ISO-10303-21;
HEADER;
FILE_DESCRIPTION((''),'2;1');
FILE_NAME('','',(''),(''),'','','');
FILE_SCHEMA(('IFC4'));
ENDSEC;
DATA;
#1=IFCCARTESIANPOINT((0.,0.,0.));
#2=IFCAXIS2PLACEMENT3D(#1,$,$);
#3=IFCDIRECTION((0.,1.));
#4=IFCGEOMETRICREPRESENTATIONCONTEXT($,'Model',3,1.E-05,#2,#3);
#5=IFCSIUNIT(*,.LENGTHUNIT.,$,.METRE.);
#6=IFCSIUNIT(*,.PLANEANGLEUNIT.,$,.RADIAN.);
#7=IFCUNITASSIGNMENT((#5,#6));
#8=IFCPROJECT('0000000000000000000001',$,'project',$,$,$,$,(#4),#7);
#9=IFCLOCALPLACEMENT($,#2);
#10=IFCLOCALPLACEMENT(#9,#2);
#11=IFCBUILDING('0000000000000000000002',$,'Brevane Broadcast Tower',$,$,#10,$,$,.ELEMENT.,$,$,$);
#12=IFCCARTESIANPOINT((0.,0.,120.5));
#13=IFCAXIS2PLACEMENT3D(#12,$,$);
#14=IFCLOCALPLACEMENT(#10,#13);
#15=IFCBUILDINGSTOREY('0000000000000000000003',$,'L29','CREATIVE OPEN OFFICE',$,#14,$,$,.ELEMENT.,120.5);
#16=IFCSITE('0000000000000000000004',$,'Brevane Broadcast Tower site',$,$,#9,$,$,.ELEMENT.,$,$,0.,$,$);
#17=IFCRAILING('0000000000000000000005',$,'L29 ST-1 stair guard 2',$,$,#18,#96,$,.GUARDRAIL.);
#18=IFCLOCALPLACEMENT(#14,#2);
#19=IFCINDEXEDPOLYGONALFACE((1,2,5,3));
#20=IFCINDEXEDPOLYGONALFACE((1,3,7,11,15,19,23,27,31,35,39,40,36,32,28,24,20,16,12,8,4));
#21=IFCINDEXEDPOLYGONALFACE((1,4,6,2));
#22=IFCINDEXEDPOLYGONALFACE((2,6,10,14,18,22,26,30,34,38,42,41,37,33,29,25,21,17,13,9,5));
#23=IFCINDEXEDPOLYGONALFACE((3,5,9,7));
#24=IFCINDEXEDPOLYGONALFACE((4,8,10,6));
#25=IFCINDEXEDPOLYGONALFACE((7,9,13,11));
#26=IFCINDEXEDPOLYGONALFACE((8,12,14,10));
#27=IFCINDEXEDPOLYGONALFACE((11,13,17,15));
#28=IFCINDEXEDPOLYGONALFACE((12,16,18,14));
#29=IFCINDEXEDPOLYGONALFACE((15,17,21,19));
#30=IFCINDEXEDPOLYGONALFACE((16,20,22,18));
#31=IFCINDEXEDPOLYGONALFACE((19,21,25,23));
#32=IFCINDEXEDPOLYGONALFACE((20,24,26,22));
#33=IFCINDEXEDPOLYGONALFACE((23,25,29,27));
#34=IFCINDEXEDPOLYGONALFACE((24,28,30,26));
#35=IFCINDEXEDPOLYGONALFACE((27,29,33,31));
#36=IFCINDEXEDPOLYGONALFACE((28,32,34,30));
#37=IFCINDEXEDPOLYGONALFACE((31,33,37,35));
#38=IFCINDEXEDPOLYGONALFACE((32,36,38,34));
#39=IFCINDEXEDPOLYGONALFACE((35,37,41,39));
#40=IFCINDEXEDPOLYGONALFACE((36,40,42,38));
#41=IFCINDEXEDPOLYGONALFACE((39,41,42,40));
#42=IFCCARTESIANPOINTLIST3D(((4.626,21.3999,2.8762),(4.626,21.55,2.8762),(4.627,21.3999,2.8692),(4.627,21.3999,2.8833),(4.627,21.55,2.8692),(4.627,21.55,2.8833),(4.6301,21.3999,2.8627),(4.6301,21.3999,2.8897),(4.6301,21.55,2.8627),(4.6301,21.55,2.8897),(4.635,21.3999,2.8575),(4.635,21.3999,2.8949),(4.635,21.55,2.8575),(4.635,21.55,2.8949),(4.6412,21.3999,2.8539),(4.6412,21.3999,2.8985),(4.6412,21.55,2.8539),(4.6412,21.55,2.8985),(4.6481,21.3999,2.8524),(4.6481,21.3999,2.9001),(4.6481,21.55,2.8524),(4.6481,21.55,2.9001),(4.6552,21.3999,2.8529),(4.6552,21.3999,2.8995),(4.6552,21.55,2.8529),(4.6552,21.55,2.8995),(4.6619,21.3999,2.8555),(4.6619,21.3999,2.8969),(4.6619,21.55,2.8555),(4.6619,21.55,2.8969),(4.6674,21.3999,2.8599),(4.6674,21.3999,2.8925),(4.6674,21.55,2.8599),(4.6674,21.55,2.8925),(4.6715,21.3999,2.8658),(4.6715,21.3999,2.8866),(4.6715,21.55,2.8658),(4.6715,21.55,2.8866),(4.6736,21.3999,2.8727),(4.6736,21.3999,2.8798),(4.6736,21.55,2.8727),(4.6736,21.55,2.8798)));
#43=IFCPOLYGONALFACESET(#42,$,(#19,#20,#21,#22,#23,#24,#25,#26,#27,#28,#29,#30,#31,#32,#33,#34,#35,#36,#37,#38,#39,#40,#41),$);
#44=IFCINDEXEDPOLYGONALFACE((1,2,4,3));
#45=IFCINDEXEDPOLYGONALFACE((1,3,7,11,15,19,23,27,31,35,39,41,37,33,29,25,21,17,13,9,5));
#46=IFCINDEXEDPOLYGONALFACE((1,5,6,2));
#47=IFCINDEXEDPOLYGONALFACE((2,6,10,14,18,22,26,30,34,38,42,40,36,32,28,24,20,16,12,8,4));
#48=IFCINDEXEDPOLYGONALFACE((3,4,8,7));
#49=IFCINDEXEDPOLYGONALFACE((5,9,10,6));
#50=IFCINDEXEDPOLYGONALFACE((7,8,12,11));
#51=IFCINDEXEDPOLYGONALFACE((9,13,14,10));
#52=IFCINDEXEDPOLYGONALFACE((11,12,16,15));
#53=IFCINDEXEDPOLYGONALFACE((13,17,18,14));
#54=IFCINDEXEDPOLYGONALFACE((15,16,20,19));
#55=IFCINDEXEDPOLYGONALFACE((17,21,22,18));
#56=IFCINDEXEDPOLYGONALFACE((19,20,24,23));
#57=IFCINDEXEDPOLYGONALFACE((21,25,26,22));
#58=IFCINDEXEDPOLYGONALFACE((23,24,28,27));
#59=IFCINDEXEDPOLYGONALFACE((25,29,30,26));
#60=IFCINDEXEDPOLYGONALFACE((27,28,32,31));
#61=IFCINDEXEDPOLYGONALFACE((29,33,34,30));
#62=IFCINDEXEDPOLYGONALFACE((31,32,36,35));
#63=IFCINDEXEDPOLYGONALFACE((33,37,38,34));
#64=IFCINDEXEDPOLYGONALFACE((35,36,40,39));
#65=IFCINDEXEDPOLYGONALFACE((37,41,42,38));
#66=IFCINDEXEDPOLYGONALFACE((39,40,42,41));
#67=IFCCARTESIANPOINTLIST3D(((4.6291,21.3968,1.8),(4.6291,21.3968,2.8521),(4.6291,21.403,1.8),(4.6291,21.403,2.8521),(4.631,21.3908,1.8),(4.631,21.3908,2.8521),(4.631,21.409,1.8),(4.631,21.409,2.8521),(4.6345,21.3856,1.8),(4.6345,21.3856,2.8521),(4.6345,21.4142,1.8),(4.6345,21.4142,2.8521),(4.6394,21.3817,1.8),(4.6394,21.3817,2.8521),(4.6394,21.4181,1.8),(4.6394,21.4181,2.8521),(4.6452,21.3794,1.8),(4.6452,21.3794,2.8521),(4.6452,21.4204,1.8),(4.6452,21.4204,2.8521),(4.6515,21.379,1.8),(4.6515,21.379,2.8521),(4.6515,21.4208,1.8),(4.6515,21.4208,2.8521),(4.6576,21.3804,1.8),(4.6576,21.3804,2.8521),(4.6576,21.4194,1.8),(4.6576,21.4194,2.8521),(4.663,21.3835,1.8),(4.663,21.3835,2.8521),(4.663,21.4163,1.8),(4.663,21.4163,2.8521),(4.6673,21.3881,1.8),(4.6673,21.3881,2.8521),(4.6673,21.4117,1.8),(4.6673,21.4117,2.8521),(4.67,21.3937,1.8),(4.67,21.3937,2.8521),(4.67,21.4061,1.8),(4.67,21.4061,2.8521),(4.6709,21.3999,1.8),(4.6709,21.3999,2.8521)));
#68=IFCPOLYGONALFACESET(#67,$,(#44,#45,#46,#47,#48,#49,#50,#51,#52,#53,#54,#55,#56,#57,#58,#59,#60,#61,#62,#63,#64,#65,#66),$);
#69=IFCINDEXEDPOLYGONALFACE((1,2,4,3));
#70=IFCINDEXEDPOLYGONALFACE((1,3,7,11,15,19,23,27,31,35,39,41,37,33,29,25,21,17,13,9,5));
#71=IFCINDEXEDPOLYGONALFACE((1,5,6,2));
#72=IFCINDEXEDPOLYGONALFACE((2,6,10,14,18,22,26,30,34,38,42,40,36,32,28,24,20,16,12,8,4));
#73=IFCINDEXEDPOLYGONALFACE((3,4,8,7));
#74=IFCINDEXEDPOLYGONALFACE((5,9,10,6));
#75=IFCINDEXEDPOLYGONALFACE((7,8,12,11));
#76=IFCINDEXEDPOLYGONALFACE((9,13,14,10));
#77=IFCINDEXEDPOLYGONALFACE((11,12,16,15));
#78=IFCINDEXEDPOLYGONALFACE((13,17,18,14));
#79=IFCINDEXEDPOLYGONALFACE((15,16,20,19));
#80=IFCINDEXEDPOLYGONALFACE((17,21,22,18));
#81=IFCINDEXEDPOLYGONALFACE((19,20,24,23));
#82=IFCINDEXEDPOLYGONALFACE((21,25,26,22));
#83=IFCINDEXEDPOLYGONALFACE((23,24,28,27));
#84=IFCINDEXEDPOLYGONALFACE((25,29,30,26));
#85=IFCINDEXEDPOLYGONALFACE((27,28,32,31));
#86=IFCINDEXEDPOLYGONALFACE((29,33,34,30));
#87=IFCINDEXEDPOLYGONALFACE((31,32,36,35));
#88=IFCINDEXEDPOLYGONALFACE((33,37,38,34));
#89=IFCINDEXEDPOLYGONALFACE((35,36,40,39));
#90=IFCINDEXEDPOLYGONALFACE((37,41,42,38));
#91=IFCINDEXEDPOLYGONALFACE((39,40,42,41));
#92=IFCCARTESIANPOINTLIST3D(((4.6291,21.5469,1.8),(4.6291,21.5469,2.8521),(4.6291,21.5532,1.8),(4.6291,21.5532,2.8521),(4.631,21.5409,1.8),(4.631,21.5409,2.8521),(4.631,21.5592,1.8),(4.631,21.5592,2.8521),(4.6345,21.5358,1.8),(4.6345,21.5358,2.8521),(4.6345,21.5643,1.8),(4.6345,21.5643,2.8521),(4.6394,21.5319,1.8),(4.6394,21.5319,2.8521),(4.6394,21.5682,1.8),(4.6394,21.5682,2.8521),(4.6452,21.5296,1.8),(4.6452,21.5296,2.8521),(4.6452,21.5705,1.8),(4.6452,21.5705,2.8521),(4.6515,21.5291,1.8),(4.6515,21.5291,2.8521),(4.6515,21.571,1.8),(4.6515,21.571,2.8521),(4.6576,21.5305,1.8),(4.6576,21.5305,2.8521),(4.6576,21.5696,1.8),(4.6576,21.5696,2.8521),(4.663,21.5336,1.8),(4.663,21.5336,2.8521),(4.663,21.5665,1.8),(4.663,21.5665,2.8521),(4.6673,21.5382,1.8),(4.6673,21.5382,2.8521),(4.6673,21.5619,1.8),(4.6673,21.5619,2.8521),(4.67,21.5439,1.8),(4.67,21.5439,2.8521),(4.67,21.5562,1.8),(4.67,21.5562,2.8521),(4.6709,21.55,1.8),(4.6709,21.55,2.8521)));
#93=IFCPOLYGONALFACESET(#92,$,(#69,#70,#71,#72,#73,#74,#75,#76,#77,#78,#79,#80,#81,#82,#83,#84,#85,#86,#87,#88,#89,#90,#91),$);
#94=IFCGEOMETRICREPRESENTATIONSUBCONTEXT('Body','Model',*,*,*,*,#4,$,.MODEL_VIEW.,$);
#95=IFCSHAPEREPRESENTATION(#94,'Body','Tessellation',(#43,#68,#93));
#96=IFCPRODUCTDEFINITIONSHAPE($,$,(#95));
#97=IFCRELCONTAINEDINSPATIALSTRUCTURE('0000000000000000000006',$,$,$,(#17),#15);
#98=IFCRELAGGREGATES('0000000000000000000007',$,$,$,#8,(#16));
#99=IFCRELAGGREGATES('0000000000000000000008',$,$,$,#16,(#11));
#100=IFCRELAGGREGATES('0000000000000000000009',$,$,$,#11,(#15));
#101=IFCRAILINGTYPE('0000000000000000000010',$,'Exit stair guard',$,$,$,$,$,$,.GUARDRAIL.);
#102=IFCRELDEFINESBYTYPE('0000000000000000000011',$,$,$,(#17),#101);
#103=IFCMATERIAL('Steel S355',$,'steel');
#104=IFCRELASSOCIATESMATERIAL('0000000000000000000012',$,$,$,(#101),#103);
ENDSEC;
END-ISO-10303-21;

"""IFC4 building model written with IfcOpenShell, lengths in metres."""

from ifc_helpers import new_model, si_unit, direction, frame, origin, origin_2d, place, context, subcontext, project, spatial, circle, extrude, material, type_object, element, save


model = new_model("IFC4")

# Units and contexts
model_context = context("Model", 3, precision=1e-05, world=origin(), true_north=direction((0.0, 1.0)))
body_context = subcontext(model_context, "Body", "Model", "MODEL_VIEW")
ifc_project = project(units=[si_unit("LENGTHUNIT", "METRE"), si_unit("PLANEANGLEUNIT", "RADIAN")], contexts=[model_context])

# Site, building, storey
site_placement = place(None, origin())
site = spatial("IfcSite", under=ifc_project, at=site_placement, Name="Brevane Broadcast Tower site", CompositionType="ELEMENT", RefElevation=0.0)
building_placement = place(site_placement, origin())
building = spatial("IfcBuilding", under=site, at=building_placement, Name="Brevane Broadcast Tower", CompositionType="ELEMENT")
storey_placement = place(building_placement, frame((0.0, 0.0, 120.5)))
storey = spatial("IfcBuildingStorey", under=building, at=storey_placement, Name="L29", Description="CREATIVE OPEN OFFICE", CompositionType="ELEMENT", Elevation=120.5)

# Railing
ifc_material_1 = material(Name="Steel S355", Category="steel")
railing_type_1 = type_object("IfcRailingType", Name="Exit stair guard", PredefinedType="GUARDRAIL", material=ifc_material_1)
railing_1_placement = place(storey_placement, frame((4.6499, 21.3999, 1.8)))
element("IfcRailing", 1, at=railing_1_placement, inside=storey, type_object=railing_type_1, Name="L29 ST-1 stair guard 2", PredefinedType="GUARDRAIL", context=body_context, shape_type="SweptSolid", body=[
    extrude(circle(Radius=0.0239, at=origin_2d()), frame((0.0, 0.0, 1.0762), z_axis=(0.0, 1.0, 0.0), x_axis=(-1.0, 0.0, 0.0)), (0.0, 0.0, 1.0), 0.1501),
    extrude(circle(Radius=0.021, at=origin_2d()), origin(), (0.0, 0.0, 1.0), 1.052),
    extrude(circle(Radius=0.021, at=origin_2d()), frame((0.0, 0.1501, 0.0)), (0.0, 0.0, 1.0), 1.052),
])

save(model, "model.ifc")
